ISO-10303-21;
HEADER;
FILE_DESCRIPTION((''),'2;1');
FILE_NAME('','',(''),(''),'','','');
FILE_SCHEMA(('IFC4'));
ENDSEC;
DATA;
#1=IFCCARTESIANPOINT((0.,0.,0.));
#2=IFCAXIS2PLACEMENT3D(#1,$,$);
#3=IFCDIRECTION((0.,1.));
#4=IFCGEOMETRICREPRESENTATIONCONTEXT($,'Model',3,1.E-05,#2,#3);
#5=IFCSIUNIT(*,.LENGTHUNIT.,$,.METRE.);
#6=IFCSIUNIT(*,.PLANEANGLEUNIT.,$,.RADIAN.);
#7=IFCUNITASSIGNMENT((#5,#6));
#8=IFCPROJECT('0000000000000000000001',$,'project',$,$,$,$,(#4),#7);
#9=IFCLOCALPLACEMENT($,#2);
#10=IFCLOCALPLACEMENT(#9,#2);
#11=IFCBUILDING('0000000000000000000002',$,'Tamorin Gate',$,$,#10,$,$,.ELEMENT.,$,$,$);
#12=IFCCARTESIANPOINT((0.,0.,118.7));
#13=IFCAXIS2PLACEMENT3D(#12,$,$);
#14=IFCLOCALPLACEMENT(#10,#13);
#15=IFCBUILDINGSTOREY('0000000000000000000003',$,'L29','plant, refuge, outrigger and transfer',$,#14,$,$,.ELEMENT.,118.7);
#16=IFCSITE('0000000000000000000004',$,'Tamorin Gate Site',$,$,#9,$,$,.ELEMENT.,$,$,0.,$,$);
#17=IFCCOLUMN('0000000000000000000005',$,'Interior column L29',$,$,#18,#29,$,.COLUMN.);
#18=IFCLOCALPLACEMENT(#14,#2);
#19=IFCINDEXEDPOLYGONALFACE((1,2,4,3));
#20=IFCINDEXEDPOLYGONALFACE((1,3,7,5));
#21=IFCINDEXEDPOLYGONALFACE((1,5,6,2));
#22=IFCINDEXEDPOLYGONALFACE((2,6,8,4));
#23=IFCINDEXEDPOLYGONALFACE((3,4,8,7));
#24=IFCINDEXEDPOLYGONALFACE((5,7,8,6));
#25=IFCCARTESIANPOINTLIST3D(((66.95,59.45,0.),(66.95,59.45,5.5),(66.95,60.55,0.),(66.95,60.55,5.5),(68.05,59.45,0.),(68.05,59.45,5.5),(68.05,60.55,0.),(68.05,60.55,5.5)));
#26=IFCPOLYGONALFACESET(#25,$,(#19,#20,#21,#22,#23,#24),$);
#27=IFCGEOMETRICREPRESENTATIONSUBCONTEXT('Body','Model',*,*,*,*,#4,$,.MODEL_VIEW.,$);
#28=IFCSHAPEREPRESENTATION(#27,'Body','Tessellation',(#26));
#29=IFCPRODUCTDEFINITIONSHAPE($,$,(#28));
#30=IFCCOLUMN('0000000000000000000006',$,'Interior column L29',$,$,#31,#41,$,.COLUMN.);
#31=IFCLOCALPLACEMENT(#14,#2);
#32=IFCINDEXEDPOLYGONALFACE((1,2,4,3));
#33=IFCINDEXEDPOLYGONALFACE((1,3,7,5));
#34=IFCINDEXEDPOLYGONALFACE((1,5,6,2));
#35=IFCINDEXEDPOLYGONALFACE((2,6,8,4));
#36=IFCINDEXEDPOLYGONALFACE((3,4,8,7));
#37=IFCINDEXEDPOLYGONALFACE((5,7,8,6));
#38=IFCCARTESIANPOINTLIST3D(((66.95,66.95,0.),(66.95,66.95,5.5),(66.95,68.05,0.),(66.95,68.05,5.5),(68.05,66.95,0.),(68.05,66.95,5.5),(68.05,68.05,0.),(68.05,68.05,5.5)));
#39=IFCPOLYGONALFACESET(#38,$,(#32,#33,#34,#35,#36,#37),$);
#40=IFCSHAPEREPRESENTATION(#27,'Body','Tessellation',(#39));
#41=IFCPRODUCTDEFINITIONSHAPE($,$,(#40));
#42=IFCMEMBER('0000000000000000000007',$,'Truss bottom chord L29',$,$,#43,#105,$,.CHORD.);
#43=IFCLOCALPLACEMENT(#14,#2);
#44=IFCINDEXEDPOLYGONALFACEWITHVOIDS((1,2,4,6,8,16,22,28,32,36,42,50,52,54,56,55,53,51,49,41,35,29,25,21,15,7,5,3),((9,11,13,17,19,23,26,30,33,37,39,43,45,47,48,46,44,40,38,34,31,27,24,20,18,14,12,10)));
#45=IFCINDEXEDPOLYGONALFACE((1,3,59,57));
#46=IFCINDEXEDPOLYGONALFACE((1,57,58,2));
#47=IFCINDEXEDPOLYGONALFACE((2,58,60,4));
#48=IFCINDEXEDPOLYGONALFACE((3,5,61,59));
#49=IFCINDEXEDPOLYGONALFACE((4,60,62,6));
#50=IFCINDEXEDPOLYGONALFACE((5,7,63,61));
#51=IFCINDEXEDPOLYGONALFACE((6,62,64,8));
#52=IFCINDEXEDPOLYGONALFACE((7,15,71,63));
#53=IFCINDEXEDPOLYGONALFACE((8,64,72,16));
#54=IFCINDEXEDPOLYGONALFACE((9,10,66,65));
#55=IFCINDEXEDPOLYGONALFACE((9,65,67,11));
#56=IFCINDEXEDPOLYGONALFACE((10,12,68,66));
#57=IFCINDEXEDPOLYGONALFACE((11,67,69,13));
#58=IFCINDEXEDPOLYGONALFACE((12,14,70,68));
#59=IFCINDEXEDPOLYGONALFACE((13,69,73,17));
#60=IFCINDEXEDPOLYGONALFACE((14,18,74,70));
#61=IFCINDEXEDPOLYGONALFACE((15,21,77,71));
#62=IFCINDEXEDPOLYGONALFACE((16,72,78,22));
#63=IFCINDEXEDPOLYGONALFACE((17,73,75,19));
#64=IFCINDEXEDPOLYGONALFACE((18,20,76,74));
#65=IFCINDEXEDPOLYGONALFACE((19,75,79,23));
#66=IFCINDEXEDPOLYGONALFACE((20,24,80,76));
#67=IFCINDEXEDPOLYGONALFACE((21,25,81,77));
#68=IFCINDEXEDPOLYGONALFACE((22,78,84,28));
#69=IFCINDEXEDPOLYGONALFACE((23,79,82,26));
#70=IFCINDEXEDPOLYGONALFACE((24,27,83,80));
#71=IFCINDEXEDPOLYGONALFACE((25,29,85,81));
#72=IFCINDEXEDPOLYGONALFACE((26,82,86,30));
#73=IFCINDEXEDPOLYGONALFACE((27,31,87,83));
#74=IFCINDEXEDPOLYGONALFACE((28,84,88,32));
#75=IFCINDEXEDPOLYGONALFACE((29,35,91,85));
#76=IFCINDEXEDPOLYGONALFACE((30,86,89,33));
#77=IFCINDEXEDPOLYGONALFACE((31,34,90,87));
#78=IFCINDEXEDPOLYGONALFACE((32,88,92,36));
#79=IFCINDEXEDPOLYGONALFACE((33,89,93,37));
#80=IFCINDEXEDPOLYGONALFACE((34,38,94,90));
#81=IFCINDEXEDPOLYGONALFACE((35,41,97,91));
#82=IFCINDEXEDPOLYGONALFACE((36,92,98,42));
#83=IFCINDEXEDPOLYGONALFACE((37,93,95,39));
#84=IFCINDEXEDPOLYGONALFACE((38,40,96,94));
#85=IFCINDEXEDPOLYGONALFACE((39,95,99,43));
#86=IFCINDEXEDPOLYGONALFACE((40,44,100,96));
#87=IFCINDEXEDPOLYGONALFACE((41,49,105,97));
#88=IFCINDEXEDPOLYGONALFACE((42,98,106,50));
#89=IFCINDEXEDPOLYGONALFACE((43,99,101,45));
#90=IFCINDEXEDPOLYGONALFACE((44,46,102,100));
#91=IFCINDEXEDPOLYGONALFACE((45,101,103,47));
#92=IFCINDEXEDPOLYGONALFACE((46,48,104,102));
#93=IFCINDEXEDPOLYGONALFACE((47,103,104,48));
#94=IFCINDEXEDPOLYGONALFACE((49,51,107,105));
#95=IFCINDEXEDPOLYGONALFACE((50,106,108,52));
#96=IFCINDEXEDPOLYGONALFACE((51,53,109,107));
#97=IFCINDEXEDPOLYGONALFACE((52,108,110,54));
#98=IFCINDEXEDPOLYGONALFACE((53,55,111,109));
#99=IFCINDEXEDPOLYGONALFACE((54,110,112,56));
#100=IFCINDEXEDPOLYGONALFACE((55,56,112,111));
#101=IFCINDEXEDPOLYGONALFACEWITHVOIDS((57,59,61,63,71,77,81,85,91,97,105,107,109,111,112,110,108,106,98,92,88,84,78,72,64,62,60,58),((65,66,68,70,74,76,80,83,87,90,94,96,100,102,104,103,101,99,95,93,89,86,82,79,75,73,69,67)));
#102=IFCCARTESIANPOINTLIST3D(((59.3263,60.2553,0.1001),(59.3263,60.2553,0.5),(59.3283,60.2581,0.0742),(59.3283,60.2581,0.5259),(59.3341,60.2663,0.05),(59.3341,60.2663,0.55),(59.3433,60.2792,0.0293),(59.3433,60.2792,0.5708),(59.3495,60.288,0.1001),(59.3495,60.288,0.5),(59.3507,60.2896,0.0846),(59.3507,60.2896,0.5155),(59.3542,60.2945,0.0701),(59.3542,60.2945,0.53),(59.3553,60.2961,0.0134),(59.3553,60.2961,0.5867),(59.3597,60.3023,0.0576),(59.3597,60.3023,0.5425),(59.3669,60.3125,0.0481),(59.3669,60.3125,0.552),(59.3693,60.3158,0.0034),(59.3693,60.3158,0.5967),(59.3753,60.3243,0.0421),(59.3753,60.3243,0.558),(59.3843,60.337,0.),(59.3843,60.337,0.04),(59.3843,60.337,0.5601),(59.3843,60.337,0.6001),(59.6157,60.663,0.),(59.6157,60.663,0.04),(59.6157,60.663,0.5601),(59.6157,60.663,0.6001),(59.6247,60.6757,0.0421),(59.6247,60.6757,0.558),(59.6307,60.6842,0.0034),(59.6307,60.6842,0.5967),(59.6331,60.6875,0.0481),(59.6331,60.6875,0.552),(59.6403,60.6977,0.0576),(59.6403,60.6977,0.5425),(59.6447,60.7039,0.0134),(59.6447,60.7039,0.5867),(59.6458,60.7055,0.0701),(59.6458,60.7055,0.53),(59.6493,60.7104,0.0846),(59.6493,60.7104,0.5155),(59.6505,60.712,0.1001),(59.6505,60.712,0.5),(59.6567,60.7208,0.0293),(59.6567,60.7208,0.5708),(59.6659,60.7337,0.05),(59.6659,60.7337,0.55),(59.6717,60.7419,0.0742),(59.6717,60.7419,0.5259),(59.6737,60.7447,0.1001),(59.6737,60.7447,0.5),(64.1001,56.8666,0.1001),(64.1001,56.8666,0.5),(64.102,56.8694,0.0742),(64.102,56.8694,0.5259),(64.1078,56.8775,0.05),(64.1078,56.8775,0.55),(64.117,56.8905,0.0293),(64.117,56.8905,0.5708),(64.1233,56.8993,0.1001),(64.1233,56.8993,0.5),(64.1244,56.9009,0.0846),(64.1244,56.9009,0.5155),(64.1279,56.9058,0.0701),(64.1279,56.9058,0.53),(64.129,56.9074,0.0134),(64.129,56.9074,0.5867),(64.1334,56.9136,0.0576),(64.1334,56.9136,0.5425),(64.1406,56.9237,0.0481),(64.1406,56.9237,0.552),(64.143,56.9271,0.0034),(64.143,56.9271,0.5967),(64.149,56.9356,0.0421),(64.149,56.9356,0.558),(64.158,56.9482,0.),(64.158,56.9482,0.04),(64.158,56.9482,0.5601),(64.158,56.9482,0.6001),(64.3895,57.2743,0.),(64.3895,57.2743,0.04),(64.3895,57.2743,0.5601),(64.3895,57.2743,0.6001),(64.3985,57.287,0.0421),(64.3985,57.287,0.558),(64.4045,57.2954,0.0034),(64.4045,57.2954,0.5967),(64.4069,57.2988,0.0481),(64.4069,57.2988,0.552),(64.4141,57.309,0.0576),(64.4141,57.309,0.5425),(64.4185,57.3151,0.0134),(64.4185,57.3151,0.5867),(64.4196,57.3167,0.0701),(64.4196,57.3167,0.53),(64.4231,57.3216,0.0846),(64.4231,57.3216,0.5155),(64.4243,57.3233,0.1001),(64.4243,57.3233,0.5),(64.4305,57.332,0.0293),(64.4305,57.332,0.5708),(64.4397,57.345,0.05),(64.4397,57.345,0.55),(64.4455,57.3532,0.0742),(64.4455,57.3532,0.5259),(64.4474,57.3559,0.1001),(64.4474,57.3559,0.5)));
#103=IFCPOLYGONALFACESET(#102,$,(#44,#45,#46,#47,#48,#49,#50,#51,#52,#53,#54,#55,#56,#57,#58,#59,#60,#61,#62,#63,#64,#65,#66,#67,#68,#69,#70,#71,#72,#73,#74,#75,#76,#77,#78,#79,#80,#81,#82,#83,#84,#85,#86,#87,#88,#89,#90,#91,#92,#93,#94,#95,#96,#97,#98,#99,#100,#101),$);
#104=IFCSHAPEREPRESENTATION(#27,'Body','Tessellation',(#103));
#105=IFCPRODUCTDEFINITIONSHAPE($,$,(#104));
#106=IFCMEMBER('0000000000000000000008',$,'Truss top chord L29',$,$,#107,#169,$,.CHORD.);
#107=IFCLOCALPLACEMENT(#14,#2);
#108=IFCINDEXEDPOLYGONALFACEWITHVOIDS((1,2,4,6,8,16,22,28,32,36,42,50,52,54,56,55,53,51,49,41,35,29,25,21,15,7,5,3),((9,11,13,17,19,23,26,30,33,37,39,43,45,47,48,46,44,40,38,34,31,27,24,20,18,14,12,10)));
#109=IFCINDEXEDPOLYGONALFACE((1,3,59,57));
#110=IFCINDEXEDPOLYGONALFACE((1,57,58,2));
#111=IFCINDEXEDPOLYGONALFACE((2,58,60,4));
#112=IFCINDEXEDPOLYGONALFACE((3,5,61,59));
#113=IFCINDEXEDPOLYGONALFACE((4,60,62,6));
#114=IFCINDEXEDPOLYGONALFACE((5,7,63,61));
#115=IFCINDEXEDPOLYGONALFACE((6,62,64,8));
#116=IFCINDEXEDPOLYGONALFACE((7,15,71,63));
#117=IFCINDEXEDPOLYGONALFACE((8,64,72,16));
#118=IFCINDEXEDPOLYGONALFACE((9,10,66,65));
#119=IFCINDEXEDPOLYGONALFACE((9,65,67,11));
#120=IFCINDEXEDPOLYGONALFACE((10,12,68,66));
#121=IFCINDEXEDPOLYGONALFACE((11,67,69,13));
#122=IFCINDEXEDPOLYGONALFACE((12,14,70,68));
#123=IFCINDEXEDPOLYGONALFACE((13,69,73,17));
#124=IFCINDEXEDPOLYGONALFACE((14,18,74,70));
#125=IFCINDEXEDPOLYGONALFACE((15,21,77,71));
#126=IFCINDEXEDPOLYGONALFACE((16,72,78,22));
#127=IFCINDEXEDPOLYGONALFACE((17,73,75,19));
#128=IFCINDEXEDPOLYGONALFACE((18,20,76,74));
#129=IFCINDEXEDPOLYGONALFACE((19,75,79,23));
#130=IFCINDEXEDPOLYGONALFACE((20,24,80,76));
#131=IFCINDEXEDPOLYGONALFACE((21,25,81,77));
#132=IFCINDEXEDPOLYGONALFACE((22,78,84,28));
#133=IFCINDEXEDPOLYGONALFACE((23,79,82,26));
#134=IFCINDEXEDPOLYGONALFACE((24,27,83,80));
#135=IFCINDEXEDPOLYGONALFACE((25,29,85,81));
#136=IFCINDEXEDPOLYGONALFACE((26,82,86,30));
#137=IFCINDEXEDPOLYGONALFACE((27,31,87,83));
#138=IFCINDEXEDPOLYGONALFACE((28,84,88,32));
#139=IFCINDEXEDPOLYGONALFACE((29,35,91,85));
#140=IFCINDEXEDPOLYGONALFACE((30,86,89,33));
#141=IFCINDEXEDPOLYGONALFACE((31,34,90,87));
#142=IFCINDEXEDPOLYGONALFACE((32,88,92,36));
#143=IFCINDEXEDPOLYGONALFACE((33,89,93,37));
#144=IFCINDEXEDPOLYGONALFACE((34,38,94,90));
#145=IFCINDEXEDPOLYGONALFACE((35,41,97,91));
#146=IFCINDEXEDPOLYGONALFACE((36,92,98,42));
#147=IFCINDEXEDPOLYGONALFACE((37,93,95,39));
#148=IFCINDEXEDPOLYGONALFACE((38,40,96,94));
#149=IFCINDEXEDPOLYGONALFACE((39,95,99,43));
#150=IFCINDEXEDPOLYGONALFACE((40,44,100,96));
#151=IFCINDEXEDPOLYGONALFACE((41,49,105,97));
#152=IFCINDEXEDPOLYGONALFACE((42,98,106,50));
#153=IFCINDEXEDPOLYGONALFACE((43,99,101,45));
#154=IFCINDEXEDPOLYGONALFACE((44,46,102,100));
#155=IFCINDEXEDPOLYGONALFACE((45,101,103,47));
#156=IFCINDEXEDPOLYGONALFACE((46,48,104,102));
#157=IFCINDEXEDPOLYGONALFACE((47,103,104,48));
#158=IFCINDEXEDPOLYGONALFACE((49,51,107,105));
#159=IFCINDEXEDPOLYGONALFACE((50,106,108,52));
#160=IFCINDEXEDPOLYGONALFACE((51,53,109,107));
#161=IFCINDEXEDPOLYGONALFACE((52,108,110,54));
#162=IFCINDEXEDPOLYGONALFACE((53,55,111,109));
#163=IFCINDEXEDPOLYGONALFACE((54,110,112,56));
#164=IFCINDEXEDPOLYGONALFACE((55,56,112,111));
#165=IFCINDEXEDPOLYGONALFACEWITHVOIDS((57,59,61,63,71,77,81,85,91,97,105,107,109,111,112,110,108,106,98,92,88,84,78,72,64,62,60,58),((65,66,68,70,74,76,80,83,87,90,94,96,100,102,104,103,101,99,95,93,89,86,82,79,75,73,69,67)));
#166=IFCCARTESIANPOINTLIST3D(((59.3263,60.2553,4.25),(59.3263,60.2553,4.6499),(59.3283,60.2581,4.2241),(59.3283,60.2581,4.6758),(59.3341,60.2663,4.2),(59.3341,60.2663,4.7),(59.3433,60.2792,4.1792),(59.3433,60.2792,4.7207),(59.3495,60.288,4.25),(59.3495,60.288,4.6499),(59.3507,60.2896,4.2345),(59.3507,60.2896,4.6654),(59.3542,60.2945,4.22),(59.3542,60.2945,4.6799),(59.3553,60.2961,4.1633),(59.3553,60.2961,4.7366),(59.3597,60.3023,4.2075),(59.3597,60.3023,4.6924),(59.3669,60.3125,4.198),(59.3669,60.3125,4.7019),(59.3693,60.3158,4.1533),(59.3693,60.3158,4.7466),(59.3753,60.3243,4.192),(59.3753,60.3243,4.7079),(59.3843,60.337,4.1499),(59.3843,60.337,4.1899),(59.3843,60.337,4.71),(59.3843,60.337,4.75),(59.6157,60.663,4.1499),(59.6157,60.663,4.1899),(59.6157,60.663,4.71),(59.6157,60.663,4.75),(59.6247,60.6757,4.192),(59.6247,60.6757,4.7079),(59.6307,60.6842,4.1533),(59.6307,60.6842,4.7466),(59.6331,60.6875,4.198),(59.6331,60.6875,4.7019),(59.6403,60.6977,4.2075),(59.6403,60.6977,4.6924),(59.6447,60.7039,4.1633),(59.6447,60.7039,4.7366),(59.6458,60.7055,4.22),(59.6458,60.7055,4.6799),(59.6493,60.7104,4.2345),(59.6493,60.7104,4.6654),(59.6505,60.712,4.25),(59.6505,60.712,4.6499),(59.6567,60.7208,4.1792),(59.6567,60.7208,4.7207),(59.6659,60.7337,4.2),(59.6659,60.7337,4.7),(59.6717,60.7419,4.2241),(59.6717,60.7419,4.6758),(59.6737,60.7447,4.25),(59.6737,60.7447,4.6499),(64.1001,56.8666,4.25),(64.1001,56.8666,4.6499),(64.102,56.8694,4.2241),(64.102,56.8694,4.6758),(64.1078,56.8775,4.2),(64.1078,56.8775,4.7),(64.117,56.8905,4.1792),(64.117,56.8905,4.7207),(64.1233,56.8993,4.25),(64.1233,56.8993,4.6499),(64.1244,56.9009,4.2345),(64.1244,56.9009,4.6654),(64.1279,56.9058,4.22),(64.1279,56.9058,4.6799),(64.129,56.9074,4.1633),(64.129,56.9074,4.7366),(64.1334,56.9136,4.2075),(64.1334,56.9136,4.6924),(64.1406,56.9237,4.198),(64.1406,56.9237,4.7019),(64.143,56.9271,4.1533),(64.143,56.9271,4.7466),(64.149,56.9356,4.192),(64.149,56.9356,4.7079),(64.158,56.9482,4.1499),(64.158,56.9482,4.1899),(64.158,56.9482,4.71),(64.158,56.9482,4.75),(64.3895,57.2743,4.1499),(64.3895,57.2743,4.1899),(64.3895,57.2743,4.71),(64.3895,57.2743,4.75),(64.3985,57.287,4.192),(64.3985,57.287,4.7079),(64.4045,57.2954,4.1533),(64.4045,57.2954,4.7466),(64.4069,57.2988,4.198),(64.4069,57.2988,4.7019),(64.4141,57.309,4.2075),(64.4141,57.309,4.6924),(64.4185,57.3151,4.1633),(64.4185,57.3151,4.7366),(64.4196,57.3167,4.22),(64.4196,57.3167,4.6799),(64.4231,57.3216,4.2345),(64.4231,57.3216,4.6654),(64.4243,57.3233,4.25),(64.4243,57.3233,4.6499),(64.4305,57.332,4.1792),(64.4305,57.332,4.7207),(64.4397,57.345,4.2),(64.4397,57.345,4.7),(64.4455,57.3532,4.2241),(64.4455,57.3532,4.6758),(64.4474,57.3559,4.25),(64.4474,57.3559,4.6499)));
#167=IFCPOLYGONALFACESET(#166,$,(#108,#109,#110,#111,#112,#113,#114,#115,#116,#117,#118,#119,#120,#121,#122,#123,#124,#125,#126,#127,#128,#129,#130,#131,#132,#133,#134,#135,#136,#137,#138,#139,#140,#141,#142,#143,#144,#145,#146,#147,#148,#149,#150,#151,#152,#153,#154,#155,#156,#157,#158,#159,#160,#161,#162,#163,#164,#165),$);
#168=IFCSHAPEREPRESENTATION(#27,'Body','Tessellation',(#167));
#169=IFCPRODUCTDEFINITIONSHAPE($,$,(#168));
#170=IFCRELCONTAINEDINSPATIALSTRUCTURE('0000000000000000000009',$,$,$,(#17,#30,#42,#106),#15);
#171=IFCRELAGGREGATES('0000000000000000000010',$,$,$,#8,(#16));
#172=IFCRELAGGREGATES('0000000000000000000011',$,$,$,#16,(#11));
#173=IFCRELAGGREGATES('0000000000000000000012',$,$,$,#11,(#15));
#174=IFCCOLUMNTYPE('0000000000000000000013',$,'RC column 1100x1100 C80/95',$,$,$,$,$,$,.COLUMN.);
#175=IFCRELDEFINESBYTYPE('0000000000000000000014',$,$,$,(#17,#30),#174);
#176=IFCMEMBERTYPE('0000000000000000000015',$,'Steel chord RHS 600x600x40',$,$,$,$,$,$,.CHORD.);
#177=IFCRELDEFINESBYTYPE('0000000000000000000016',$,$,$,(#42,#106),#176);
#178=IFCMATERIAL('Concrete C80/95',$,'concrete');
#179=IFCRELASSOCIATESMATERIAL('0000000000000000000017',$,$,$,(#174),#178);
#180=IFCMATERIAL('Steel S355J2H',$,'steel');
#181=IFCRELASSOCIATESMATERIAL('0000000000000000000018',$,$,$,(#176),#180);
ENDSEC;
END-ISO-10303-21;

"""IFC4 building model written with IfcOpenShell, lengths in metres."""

from ifc_helpers import new_model, si_unit, direction, frame, origin, origin_2d, place, context, subcontext, project, spatial, rectangle, hollow_rectangle, extrude, material, material_profile, profile_set, type_object, element, save


model = new_model("IFC4")

# Units and contexts
model_context = context("Model", 3, precision=1e-05, world=origin(), true_north=direction((0.0, 1.0)))
body_context = subcontext(model_context, "Body", "Model", "MODEL_VIEW")
ifc_project = project(units=[si_unit("LENGTHUNIT", "METRE"), si_unit("PLANEANGLEUNIT", "RADIAN")], contexts=[model_context])

# Site, building, storey
site_placement = place(None, origin())
site = spatial("IfcSite", under=ifc_project, at=site_placement, Name="Tamorin Gate Site", CompositionType="ELEMENT", RefElevation=0.0)
building_placement = place(site_placement, origin())
building = spatial("IfcBuilding", under=site, at=building_placement, Name="Tamorin Gate", CompositionType="ELEMENT")
storey_placement = place(building_placement, frame((0.0, 0.0, 118.7)))
storey = spatial("IfcBuildingStorey", under=building, at=storey_placement, Name="L29", Description="plant, refuge, outrigger and transfer", CompositionType="ELEMENT", Elevation=118.7)

# Columns
ifc_material_1 = material(Name="Concrete C80/95", Category="concrete")
ifc_material_profile_1 = material_profile(ifc_material_1, rectangle(XDim=1.1001, YDim=1.1001, at=origin_2d()), Name="RC 1100x1100")
ifc_profile_set_1 = profile_set([ifc_material_profile_1], Name="Concrete C80/95")
column_type = type_object("IfcColumnType", Name="RC column 1100x1100 C80/95", PredefinedType="COLUMN", material=ifc_profile_set_1)
for number, where, z_axis, x_axis, name in (
    (1, (67.5, 60.0, 0.0), (0.0, 0.0, 1.0), (1.0, 0.0, 0.0), "Interior column L29"),
    (2, (67.5, 67.5, 0.0), (0.0, 0.0, 1.0), (1.0, 0.0, 0.0), "Interior column L29"),
):
    element("IfcColumn", number, at=place(storey_placement, frame(where, z_axis=z_axis, x_axis=x_axis)), inside=storey, type_object=column_type, Name=name, PredefinedType="COLUMN", context=body_context, shape_type="SweptSolid", body=[
        extrude(rectangle(XDim=1.1001, YDim=1.1001, at=origin_2d()), origin(), (0.0, 0.0, 1.0), 5.5),
    ])

# Members
ifc_material_2 = material(Name="Steel S355J2H", Category="steel")
ifc_material_profile_2 = material_profile(ifc_material_2, hollow_rectangle(XDim=0.6001, YDim=0.6001, WallThickness=0.04, InnerFilletRadius=0.0601, OuterFilletRadius=0.1001, at=origin_2d()), Name="RHS 600x600x40")
ifc_profile_set_2 = profile_set([ifc_material_profile_2], Name="Steel S355J2H")
member_type_1 = type_object("IfcMemberType", Name="Steel chord RHS 600x600x40", PredefinedType="CHORD", material=ifc_profile_set_2)
for number, where, z_axis, x_axis, name in (
    (3, (59.5, 60.5, 0.3), (0.815435, -0.578849, 0.0), (0.578849, 0.815435, 0.0), "Truss bottom chord L29"),
    (4, (59.5, 60.5, 4.45), (0.815435, -0.578849, 0.0), (0.578849, 0.815435, 0.0), "Truss top chord L29"),
):
    element("IfcMember", number, at=place(storey_placement, frame(where, z_axis=z_axis, x_axis=x_axis)), inside=storey, type_object=member_type_1, Name=name, PredefinedType="CHORD", context=body_context, shape_type="SweptSolid", body=[
        extrude(hollow_rectangle(XDim=0.6001, YDim=0.6001, WallThickness=0.04, InnerFilletRadius=0.0601, OuterFilletRadius=0.1001, at=origin_2d()), origin(), (0.0, 0.0, 1.0), 5.8542),
    ])

save(model, "model.ifc")
